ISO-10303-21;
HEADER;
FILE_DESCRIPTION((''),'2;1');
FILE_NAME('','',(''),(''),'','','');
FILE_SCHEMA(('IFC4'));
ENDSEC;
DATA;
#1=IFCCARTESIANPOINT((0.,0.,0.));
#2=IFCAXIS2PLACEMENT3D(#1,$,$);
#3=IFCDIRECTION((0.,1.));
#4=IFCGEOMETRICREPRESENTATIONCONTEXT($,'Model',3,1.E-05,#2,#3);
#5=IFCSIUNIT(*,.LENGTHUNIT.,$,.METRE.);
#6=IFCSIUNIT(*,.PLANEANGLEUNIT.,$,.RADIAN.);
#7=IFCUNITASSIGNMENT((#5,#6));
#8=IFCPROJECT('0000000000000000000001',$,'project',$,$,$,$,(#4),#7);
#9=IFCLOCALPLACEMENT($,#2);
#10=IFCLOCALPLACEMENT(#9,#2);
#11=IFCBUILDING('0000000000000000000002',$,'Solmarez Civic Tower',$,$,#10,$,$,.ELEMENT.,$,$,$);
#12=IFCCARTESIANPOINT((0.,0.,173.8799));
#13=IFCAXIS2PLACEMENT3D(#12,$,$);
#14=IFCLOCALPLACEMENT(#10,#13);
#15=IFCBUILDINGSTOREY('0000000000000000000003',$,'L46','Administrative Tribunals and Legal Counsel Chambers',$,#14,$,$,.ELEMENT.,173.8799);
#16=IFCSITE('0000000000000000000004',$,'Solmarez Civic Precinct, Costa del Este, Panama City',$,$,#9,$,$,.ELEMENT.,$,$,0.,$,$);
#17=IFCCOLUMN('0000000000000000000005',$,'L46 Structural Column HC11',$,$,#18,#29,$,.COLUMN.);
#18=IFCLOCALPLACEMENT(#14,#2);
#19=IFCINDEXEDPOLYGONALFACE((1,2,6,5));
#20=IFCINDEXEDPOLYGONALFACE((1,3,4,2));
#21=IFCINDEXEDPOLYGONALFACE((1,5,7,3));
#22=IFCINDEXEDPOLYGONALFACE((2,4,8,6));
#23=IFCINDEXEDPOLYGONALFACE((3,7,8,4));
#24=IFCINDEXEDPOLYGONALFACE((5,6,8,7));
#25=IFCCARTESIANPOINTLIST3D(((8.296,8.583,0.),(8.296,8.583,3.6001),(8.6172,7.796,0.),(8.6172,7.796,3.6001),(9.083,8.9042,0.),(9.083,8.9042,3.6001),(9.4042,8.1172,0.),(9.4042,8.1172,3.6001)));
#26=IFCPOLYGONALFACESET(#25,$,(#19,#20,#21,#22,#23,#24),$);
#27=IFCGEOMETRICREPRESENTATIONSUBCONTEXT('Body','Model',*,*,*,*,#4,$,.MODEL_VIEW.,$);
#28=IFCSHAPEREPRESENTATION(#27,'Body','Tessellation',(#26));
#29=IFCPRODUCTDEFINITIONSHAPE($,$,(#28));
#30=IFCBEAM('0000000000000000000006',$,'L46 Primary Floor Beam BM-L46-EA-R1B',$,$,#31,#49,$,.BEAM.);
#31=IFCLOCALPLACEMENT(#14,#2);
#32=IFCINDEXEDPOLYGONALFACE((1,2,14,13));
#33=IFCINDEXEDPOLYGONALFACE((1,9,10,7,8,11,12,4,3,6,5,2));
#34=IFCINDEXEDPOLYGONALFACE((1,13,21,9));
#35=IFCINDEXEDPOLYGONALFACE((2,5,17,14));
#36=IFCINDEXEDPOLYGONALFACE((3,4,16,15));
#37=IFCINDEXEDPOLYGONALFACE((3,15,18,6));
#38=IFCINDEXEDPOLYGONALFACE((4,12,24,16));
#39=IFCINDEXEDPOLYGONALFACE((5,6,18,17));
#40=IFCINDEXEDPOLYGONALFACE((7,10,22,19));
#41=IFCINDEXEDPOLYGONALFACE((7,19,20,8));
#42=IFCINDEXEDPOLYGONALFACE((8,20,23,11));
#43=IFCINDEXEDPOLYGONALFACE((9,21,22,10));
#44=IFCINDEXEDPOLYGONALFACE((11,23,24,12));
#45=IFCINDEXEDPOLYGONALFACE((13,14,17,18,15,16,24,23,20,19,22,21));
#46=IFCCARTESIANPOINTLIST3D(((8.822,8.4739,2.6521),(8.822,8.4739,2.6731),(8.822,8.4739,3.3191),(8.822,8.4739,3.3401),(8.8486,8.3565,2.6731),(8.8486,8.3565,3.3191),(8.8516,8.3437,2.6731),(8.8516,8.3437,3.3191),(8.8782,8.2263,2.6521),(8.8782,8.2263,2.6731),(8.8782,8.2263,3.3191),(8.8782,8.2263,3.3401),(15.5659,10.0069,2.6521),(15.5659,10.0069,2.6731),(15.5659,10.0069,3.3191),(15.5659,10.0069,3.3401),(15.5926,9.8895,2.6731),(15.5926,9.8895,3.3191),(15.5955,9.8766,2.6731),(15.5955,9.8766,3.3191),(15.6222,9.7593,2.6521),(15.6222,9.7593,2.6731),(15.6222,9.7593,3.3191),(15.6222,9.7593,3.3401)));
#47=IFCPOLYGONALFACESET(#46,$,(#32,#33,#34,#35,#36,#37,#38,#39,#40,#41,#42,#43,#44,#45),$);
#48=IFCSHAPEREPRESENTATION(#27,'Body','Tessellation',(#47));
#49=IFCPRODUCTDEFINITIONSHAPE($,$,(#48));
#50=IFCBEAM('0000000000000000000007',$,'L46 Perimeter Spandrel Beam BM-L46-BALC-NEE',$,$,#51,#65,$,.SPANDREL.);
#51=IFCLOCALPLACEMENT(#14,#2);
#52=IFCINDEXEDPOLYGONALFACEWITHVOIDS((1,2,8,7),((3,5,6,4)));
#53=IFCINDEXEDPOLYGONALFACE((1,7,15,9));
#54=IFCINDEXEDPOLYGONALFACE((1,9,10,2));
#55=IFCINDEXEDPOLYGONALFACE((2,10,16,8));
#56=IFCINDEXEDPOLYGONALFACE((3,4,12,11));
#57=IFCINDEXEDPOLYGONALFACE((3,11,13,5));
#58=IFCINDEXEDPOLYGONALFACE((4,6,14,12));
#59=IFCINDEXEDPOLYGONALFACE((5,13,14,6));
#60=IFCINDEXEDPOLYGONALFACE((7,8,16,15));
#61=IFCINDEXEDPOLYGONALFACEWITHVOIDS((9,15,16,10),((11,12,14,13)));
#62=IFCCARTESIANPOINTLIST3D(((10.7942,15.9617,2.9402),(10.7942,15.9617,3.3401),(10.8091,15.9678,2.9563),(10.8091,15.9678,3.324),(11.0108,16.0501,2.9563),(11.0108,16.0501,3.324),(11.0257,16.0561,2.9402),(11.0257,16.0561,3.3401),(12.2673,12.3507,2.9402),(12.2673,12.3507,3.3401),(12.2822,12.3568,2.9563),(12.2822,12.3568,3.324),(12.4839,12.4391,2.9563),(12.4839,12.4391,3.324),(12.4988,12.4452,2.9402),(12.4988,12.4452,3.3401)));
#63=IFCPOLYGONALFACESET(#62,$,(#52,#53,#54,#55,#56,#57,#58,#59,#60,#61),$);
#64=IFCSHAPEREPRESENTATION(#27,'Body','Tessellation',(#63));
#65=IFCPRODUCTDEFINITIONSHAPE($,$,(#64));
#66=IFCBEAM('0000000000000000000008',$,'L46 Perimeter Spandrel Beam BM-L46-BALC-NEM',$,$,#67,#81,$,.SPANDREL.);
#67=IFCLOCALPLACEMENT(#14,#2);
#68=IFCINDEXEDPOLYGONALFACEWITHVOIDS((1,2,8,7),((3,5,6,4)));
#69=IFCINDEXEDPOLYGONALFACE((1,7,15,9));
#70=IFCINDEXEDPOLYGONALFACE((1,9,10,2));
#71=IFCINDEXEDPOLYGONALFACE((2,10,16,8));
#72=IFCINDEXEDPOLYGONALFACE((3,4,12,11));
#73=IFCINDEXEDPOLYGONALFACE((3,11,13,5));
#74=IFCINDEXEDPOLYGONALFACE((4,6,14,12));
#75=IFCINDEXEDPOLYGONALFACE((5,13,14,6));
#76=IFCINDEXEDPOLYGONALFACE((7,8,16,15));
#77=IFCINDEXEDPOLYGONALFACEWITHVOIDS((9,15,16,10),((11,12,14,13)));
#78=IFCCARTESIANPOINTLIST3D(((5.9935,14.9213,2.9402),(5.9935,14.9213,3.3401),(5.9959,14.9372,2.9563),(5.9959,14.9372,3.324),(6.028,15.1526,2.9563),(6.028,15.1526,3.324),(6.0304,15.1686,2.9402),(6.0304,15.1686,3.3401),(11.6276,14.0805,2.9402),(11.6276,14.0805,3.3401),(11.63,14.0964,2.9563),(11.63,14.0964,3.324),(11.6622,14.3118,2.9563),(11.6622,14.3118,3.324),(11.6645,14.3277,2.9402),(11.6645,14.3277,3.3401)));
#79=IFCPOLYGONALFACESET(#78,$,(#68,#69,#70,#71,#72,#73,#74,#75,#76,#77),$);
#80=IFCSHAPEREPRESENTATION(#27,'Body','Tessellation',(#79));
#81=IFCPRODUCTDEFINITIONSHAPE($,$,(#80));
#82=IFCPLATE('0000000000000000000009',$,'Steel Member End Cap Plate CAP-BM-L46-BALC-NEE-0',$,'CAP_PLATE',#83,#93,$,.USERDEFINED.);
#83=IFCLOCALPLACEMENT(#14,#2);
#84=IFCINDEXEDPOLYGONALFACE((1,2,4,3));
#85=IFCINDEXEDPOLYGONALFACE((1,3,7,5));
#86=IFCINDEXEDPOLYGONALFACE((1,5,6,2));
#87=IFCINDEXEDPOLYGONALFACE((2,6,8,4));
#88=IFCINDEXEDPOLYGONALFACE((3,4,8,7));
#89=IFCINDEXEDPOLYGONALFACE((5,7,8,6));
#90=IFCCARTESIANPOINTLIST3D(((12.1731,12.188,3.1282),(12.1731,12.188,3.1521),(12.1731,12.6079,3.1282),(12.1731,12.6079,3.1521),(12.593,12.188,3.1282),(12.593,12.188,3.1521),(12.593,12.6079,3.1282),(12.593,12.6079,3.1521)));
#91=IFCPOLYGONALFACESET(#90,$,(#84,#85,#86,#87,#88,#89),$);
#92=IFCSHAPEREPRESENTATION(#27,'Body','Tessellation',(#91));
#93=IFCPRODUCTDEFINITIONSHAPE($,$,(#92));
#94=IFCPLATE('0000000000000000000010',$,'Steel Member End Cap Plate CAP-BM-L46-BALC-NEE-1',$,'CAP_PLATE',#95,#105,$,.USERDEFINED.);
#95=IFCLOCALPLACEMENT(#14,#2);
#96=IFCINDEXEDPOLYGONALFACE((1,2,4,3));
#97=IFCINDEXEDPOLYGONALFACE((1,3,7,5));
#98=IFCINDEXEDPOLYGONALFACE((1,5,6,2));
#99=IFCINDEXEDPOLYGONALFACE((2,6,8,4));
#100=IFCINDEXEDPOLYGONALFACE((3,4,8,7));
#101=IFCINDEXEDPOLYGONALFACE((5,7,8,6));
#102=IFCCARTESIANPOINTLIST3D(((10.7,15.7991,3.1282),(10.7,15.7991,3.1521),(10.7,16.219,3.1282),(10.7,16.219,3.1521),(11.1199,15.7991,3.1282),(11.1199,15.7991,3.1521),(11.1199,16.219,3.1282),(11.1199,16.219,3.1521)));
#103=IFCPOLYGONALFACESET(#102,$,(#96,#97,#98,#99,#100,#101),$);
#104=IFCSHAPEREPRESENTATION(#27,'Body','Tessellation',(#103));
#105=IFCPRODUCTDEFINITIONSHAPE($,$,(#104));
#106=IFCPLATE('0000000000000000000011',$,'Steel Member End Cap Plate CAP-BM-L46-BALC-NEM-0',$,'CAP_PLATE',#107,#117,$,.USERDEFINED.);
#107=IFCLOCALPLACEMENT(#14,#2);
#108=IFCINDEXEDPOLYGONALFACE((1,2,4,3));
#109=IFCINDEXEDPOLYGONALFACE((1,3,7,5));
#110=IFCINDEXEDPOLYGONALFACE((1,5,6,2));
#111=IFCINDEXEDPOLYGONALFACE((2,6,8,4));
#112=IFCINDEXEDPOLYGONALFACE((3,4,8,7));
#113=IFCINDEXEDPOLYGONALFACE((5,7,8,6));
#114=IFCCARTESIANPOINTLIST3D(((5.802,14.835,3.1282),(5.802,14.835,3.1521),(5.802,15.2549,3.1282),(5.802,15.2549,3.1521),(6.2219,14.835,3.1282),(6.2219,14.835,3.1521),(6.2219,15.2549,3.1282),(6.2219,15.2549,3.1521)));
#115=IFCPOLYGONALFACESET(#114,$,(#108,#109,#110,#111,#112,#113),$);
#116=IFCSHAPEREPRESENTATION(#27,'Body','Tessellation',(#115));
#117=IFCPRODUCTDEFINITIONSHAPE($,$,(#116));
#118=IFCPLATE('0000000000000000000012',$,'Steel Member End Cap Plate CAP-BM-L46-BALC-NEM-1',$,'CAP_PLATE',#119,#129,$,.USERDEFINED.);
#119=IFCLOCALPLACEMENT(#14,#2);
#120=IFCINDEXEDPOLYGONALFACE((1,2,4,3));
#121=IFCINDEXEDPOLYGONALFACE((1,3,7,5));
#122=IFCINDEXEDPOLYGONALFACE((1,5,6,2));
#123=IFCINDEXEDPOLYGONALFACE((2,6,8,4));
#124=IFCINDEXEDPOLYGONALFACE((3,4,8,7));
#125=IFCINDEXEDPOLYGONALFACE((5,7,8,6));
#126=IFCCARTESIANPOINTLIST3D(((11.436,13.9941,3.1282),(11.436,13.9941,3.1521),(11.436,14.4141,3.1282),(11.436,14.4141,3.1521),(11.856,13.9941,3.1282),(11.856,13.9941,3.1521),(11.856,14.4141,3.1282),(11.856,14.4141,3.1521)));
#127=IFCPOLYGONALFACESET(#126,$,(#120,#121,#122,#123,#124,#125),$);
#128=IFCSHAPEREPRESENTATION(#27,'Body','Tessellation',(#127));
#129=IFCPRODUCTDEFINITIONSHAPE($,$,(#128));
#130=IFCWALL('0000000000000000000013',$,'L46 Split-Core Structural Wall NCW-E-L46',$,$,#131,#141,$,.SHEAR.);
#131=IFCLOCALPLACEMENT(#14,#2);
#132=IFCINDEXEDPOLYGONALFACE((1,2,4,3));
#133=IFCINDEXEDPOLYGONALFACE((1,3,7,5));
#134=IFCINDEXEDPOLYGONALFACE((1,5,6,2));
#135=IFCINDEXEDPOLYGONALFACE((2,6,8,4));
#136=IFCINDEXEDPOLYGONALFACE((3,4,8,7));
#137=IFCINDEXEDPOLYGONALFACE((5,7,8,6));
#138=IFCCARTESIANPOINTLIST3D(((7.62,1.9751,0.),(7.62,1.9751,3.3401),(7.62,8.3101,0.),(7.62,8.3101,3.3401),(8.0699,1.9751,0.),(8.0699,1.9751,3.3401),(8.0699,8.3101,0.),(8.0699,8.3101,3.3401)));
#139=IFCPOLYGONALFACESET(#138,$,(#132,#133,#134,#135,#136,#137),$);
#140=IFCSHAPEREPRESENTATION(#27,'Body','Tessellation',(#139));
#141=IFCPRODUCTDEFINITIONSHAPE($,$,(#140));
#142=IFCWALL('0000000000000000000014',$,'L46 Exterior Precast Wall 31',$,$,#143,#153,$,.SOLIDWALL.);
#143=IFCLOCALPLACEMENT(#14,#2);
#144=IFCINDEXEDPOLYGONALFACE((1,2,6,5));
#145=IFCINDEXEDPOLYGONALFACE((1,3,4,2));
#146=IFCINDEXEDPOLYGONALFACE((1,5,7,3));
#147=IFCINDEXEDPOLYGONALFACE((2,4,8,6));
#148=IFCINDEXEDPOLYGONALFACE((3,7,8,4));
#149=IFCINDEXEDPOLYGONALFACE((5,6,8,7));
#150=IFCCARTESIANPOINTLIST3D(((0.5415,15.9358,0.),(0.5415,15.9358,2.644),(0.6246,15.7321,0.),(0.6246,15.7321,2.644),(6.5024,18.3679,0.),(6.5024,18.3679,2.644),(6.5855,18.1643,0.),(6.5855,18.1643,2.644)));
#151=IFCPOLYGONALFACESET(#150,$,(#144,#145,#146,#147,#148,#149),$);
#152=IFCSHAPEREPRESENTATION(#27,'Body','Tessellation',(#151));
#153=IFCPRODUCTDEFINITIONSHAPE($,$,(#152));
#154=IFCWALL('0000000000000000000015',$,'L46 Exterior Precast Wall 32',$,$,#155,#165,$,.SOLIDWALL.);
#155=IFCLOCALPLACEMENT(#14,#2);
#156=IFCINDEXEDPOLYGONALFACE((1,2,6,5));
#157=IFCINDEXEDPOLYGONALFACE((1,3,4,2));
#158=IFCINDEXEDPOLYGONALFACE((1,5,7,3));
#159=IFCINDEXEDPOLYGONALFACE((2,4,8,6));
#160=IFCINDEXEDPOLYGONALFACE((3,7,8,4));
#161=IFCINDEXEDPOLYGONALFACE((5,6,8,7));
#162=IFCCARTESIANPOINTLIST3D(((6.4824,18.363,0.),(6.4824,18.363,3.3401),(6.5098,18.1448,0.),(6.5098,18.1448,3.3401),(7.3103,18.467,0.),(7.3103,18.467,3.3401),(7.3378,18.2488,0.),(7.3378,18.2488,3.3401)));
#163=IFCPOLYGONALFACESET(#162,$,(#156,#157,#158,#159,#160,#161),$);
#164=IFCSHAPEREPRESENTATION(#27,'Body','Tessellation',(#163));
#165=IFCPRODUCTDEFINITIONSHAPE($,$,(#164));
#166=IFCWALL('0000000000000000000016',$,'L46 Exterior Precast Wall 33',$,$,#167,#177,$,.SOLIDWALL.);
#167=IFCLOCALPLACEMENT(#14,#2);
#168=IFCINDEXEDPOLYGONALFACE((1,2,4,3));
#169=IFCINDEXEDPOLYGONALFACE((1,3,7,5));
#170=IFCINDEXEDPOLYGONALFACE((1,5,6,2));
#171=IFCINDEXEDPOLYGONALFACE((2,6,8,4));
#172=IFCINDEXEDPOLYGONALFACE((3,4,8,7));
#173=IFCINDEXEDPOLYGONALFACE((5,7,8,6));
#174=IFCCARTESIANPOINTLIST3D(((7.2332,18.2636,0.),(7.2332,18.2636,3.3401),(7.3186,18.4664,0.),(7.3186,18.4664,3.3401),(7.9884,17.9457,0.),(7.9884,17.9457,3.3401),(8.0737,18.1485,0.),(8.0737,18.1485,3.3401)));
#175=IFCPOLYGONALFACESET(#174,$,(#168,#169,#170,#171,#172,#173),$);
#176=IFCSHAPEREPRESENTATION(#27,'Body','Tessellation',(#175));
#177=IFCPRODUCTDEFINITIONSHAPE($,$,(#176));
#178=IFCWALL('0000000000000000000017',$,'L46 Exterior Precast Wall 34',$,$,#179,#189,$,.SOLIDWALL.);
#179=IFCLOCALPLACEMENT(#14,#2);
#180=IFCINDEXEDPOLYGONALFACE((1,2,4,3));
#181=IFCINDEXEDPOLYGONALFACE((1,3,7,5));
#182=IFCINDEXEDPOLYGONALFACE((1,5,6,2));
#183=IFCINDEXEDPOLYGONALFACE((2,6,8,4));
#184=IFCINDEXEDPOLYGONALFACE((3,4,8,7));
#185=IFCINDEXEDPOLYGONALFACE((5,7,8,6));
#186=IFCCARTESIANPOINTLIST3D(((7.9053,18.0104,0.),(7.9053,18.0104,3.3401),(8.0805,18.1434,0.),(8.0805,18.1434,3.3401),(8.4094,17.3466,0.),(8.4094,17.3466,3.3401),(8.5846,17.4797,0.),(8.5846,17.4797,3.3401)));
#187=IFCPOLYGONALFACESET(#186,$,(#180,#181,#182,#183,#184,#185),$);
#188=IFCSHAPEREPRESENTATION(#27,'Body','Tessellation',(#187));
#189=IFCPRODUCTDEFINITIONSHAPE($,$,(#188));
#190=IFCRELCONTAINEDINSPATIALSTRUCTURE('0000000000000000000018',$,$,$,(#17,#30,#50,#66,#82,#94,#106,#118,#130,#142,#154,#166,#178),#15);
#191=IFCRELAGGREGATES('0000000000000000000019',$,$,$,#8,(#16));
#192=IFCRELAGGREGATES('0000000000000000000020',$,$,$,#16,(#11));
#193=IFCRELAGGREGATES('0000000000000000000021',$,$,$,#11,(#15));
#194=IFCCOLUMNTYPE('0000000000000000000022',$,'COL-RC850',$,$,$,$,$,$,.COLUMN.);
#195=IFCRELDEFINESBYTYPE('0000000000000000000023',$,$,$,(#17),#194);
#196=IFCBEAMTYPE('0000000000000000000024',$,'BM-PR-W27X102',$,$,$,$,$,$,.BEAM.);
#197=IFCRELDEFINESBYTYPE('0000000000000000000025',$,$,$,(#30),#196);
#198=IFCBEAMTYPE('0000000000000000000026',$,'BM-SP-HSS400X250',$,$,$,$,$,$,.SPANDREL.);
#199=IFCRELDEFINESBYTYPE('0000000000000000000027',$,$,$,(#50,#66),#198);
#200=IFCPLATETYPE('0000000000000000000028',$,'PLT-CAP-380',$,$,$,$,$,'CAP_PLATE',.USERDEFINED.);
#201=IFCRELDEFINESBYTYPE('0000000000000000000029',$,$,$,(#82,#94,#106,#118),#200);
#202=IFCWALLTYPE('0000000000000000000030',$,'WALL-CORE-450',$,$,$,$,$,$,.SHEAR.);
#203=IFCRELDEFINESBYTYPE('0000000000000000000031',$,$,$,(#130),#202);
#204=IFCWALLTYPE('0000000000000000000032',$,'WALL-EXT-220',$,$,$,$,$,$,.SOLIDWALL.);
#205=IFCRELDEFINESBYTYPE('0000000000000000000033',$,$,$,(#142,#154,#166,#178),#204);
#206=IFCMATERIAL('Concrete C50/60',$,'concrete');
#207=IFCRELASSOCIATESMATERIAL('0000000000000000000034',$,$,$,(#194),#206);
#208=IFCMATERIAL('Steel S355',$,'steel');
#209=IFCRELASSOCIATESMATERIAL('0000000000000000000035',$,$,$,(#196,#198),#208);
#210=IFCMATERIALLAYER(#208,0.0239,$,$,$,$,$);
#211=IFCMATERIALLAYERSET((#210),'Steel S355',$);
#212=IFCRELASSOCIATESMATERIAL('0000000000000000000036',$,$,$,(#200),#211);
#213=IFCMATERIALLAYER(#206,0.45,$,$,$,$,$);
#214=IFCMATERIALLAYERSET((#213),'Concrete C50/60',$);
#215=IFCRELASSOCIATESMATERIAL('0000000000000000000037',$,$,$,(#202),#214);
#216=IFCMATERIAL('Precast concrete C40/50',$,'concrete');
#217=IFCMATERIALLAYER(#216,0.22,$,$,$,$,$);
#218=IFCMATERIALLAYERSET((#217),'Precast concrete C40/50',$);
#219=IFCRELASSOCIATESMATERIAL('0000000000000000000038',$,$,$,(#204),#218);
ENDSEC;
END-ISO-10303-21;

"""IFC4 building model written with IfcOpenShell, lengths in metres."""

from ifc_helpers import new_model, si_unit, direction, frame, frame_2d, origin, origin_2d, place, context, subcontext, project, spatial, rectangle, hollow_rectangle, i_section, extrude, material, layer, layer_set, material_profile, profile_set, type_object, element, save


model = new_model("IFC4")

# Units and contexts
model_context = context("Model", 3, precision=1e-05, world=origin(), true_north=direction((0.0, 1.0)))
body_context = subcontext(model_context, "Body", "Model", "MODEL_VIEW")
ifc_project = project(units=[si_unit("LENGTHUNIT", "METRE"), si_unit("PLANEANGLEUNIT", "RADIAN")], contexts=[model_context])

# Site, building, storey
site_placement = place(None, origin())
site = spatial("IfcSite", under=ifc_project, at=site_placement, Name="Solmarez Civic Precinct, Costa del Este, Panama City", CompositionType="ELEMENT", RefElevation=0.0)
building_placement = place(site_placement, origin())
building = spatial("IfcBuilding", under=site, at=building_placement, Name="Solmarez Civic Tower", CompositionType="ELEMENT")
storey_placement = place(building_placement, frame((0.0, 0.0, 173.8799)))
storey = spatial("IfcBuildingStorey", under=building, at=storey_placement, Name="L46", Description="Administrative Tribunals and Legal Counsel Chambers", CompositionType="ELEMENT", Elevation=173.8799)

# Column
ifc_material_1 = material(Name="Concrete C50/60", Category="concrete")
ifc_material_profile_1 = material_profile(ifc_material_1, rectangle(XDim=0.8501, YDim=0.8501, at=origin_2d()), Name="RC850X850")
ifc_profile_set_1 = profile_set([ifc_material_profile_1], Name="Concrete C50/60")
column_type = type_object("IfcColumnType", Name="COL-RC850", PredefinedType="COLUMN", material=ifc_profile_set_1)
column_placement = place(storey_placement, frame((8.8501, 8.3501, 0.0), z_axis=(0.0, 0.0, 1.0), x_axis=(0.925871, 0.377841, 0.0)))
element("IfcColumn", 1, at=column_placement, inside=storey, type_object=column_type, Name="L46 Structural Column HC11", PredefinedType="COLUMN", context=body_context, shape_type="SweptSolid", body=[
    extrude(rectangle(XDim=0.8501, YDim=0.8501, at=origin_2d()), origin(), (0.0, 0.0, 1.0), 3.6001),
])

# Beams
ifc_material_2 = material(Name="Steel S355", Category="steel")
ifc_material_profile_2 = material_profile(ifc_material_2, i_section(OverallWidth=0.2539, OverallDepth=0.688, WebThickness=0.0132, FlangeThickness=0.021, at=origin_2d()), Name="W27X102")
ifc_profile_set_2 = profile_set([ifc_material_profile_2], Name="Steel S355")
beam_type_1 = type_object("IfcBeamType", Name="BM-PR-W27X102", PredefinedType="BEAM", material=ifc_profile_set_2)
beam_1_placement = place(storey_placement, frame((8.8501, 8.3501, 2.9961), z_axis=(0.975125, 0.221656, 0.0), x_axis=(-0.221656, 0.975125, 0.0)))
element("IfcBeam", 2, at=beam_1_placement, inside=storey, type_object=beam_type_1, Name="L46 Primary Floor Beam BM-L46-EA-R1B", PredefinedType="BEAM", context=body_context, shape_type="SweptSolid", body=[
    extrude(i_section(OverallWidth=0.2539, OverallDepth=0.688, WebThickness=0.0132, FlangeThickness=0.021, at=origin_2d()), origin(), (0.0, 0.0, 1.0), 6.916),
])
ifc_material_profile_3 = material_profile(ifc_material_2, hollow_rectangle(XDim=0.25, YDim=0.3999, WallThickness=0.0161, at=origin_2d()), Name="HSS400X250X16")
ifc_profile_set_3 = profile_set([ifc_material_profile_3], Name="Steel S355")
beam_type_2 = type_object("IfcBeamType", Name="BM-SP-HSS400X250", PredefinedType="SPANDREL", material=ifc_profile_set_3)
beam_2_placement = place(storey_placement, frame((12.3831, 12.3979, 3.1401), z_axis=(-0.377728, 0.925916, 0.0), x_axis=(-0.925916, -0.377728, 0.0)))
element("IfcBeam", 3, at=beam_2_placement, inside=storey, type_object=beam_type_2, Name="L46 Perimeter Spandrel Beam BM-L46-BALC-NEE", PredefinedType="SPANDREL", context=body_context, shape_type="SweptSolid", body=[
    extrude(hollow_rectangle(XDim=0.25, YDim=0.3999, WallThickness=0.0161, at=origin_2d()), origin(), (0.0, 0.0, 1.0), 3.8999),
])
beam_3_placement = place(storey_placement, frame((6.012, 15.0449, 3.1401), z_axis=(0.989046, -0.147605, 0.0), x_axis=(0.147605, 0.989046, 0.0)))
element("IfcBeam", 4, at=beam_3_placement, inside=storey, type_object=beam_type_2, Name="L46 Perimeter Spandrel Beam BM-L46-BALC-NEM", PredefinedType="SPANDREL", context=body_context, shape_type="SweptSolid", body=[
    extrude(hollow_rectangle(XDim=0.25, YDim=0.3999, WallThickness=0.0161, at=origin_2d()), origin(), (0.0, 0.0, 1.0), 5.6965),
])

# Plates
ifc_layer_1 = layer(ifc_material_2, 0.0239)
ifc_layer_set_1 = layer_set([ifc_layer_1], Name="Steel S355")
plate_type = type_object("IfcPlateType", Name="PLT-CAP-380", ElementType="CAP_PLATE", PredefinedType="USERDEFINED", material=ifc_layer_set_1)
for number, where, z_axis, x_axis, name in (
    (5, (12.3831, 12.3979, 3.1282), (0.0, 0.0, 1.0), (1.0, 0.0, 0.0), "Steel Member End Cap Plate CAP-BM-L46-BALC-NEE-0"),
    (6, (10.9099, 16.009, 3.1282), (0.0, 0.0, 1.0), (1.0, 0.0, 0.0), "Steel Member End Cap Plate CAP-BM-L46-BALC-NEE-1"),
    (7, (6.012, 15.0449, 3.1282), (0.0, 0.0, 1.0), (1.0, 0.0, 0.0), "Steel Member End Cap Plate CAP-BM-L46-BALC-NEM-0"),
    (8, (11.646, 14.2041, 3.1282), (0.0, 0.0, 1.0), (1.0, 0.0, 0.0), "Steel Member End Cap Plate CAP-BM-L46-BALC-NEM-1"),
):
    element("IfcPlate", number, at=place(storey_placement, frame(where, z_axis=z_axis, x_axis=x_axis)), inside=storey, type_object=plate_type, Name=name, ObjectType="CAP_PLATE", PredefinedType="USERDEFINED", context=body_context, shape_type="SweptSolid", body=[
        extrude(rectangle(XDim=0.4199, YDim=0.4199, at=origin_2d()), origin(), (0.0, 0.0, 1.0), 0.0239),
    ])

# Walls
ifc_layer_2 = layer(ifc_material_1, 0.45)
ifc_layer_set_2 = layer_set([ifc_layer_2], Name="Concrete C50/60")
wall_type_1 = type_object("IfcWallType", Name="WALL-CORE-450", PredefinedType="SHEAR", material=ifc_layer_set_2)
wall_1_placement = place(storey_placement, frame((7.845, 8.3101, 0.0), z_axis=(0.0, 0.0, 1.0), x_axis=(0.0, -1.0, 0.0)))
element("IfcWall", 9, at=wall_1_placement, inside=storey, type_object=wall_type_1, Name="L46 Split-Core Structural Wall NCW-E-L46", PredefinedType="SHEAR", context=body_context, shape_type="SweptSolid", body=[
    extrude(rectangle(XDim=6.335, YDim=0.45, at=frame_2d((3.1675, 0.0))), origin(), (0.0, 0.0, 1.0), 3.3401),
])
ifc_material_3 = material(Name="Precast concrete C40/50", Category="concrete")
ifc_layer_3 = layer(ifc_material_3, 0.22)
ifc_layer_set_3 = layer_set([ifc_layer_3], Name="Precast concrete C40/50")
wall_type_2 = type_object("IfcWallType", Name="WALL-EXT-220", PredefinedType="SOLIDWALL", material=ifc_layer_set_3)
wall_2_placement = place(storey_placement, frame((0.583, 15.834, 0.0), z_axis=(0.0, 0.0, 1.0), x_axis=(0.925897, 0.377776, 0.0)))
element("IfcWall", 10, at=wall_2_placement, inside=storey, type_object=wall_type_2, Name="L46 Exterior Precast Wall 31", PredefinedType="SOLIDWALL", context=body_context, shape_type="SweptSolid", body=[
    extrude(rectangle(XDim=6.438, YDim=0.22, at=frame_2d((3.219, 0.0))), origin(), (0.0, 0.0, 1.0), 2.644),
])
wall_3_placement = place(storey_placement, frame((6.4961, 18.2539, 0.0), z_axis=(0.0, 0.0, 1.0), x_axis=(0.992201, 0.124647, 0.0)))
element("IfcWall", 11, at=wall_3_placement, inside=storey, type_object=wall_type_2, Name="L46 Exterior Precast Wall 32", PredefinedType="SOLIDWALL", context=body_context, shape_type="SweptSolid", body=[
    extrude(rectangle(XDim=0.8345, YDim=0.22, at=frame_2d((0.4172, 0.0))), origin(), (0.0, 0.0, 1.0), 3.3401),
])
wall_4_placement = place(storey_placement, frame((7.2759, 18.365, 0.0), z_axis=(0.0, 0.0, 1.0), x_axis=(0.921669, -0.387977, 0.0)))
element("IfcWall", 12, at=wall_4_placement, inside=storey, type_object=wall_type_2, Name="L46 Exterior Precast Wall 33", PredefinedType="SOLIDWALL", context=body_context, shape_type="SweptSolid", body=[
    extrude(rectangle(XDim=0.8193, YDim=0.22, at=frame_2d((0.4097, 0.0))), origin(), (0.0, 0.0, 1.0), 3.3401),
])
wall_5_placement = place(storey_placement, frame((7.9929, 18.0769, 0.0), z_axis=(0.0, 0.0, 1.0), x_axis=(0.604816, -0.796365, 0.0)))
element("IfcWall", 13, at=wall_5_placement, inside=storey, type_object=wall_type_2, Name="L46 Exterior Precast Wall 34", PredefinedType="SOLIDWALL", context=body_context, shape_type="SweptSolid", body=[
    extrude(rectangle(XDim=0.8335, YDim=0.22, at=frame_2d((0.4167, 0.0))), origin(), (0.0, 0.0, 1.0), 3.3401),
])

save(model, "model.ifc")
